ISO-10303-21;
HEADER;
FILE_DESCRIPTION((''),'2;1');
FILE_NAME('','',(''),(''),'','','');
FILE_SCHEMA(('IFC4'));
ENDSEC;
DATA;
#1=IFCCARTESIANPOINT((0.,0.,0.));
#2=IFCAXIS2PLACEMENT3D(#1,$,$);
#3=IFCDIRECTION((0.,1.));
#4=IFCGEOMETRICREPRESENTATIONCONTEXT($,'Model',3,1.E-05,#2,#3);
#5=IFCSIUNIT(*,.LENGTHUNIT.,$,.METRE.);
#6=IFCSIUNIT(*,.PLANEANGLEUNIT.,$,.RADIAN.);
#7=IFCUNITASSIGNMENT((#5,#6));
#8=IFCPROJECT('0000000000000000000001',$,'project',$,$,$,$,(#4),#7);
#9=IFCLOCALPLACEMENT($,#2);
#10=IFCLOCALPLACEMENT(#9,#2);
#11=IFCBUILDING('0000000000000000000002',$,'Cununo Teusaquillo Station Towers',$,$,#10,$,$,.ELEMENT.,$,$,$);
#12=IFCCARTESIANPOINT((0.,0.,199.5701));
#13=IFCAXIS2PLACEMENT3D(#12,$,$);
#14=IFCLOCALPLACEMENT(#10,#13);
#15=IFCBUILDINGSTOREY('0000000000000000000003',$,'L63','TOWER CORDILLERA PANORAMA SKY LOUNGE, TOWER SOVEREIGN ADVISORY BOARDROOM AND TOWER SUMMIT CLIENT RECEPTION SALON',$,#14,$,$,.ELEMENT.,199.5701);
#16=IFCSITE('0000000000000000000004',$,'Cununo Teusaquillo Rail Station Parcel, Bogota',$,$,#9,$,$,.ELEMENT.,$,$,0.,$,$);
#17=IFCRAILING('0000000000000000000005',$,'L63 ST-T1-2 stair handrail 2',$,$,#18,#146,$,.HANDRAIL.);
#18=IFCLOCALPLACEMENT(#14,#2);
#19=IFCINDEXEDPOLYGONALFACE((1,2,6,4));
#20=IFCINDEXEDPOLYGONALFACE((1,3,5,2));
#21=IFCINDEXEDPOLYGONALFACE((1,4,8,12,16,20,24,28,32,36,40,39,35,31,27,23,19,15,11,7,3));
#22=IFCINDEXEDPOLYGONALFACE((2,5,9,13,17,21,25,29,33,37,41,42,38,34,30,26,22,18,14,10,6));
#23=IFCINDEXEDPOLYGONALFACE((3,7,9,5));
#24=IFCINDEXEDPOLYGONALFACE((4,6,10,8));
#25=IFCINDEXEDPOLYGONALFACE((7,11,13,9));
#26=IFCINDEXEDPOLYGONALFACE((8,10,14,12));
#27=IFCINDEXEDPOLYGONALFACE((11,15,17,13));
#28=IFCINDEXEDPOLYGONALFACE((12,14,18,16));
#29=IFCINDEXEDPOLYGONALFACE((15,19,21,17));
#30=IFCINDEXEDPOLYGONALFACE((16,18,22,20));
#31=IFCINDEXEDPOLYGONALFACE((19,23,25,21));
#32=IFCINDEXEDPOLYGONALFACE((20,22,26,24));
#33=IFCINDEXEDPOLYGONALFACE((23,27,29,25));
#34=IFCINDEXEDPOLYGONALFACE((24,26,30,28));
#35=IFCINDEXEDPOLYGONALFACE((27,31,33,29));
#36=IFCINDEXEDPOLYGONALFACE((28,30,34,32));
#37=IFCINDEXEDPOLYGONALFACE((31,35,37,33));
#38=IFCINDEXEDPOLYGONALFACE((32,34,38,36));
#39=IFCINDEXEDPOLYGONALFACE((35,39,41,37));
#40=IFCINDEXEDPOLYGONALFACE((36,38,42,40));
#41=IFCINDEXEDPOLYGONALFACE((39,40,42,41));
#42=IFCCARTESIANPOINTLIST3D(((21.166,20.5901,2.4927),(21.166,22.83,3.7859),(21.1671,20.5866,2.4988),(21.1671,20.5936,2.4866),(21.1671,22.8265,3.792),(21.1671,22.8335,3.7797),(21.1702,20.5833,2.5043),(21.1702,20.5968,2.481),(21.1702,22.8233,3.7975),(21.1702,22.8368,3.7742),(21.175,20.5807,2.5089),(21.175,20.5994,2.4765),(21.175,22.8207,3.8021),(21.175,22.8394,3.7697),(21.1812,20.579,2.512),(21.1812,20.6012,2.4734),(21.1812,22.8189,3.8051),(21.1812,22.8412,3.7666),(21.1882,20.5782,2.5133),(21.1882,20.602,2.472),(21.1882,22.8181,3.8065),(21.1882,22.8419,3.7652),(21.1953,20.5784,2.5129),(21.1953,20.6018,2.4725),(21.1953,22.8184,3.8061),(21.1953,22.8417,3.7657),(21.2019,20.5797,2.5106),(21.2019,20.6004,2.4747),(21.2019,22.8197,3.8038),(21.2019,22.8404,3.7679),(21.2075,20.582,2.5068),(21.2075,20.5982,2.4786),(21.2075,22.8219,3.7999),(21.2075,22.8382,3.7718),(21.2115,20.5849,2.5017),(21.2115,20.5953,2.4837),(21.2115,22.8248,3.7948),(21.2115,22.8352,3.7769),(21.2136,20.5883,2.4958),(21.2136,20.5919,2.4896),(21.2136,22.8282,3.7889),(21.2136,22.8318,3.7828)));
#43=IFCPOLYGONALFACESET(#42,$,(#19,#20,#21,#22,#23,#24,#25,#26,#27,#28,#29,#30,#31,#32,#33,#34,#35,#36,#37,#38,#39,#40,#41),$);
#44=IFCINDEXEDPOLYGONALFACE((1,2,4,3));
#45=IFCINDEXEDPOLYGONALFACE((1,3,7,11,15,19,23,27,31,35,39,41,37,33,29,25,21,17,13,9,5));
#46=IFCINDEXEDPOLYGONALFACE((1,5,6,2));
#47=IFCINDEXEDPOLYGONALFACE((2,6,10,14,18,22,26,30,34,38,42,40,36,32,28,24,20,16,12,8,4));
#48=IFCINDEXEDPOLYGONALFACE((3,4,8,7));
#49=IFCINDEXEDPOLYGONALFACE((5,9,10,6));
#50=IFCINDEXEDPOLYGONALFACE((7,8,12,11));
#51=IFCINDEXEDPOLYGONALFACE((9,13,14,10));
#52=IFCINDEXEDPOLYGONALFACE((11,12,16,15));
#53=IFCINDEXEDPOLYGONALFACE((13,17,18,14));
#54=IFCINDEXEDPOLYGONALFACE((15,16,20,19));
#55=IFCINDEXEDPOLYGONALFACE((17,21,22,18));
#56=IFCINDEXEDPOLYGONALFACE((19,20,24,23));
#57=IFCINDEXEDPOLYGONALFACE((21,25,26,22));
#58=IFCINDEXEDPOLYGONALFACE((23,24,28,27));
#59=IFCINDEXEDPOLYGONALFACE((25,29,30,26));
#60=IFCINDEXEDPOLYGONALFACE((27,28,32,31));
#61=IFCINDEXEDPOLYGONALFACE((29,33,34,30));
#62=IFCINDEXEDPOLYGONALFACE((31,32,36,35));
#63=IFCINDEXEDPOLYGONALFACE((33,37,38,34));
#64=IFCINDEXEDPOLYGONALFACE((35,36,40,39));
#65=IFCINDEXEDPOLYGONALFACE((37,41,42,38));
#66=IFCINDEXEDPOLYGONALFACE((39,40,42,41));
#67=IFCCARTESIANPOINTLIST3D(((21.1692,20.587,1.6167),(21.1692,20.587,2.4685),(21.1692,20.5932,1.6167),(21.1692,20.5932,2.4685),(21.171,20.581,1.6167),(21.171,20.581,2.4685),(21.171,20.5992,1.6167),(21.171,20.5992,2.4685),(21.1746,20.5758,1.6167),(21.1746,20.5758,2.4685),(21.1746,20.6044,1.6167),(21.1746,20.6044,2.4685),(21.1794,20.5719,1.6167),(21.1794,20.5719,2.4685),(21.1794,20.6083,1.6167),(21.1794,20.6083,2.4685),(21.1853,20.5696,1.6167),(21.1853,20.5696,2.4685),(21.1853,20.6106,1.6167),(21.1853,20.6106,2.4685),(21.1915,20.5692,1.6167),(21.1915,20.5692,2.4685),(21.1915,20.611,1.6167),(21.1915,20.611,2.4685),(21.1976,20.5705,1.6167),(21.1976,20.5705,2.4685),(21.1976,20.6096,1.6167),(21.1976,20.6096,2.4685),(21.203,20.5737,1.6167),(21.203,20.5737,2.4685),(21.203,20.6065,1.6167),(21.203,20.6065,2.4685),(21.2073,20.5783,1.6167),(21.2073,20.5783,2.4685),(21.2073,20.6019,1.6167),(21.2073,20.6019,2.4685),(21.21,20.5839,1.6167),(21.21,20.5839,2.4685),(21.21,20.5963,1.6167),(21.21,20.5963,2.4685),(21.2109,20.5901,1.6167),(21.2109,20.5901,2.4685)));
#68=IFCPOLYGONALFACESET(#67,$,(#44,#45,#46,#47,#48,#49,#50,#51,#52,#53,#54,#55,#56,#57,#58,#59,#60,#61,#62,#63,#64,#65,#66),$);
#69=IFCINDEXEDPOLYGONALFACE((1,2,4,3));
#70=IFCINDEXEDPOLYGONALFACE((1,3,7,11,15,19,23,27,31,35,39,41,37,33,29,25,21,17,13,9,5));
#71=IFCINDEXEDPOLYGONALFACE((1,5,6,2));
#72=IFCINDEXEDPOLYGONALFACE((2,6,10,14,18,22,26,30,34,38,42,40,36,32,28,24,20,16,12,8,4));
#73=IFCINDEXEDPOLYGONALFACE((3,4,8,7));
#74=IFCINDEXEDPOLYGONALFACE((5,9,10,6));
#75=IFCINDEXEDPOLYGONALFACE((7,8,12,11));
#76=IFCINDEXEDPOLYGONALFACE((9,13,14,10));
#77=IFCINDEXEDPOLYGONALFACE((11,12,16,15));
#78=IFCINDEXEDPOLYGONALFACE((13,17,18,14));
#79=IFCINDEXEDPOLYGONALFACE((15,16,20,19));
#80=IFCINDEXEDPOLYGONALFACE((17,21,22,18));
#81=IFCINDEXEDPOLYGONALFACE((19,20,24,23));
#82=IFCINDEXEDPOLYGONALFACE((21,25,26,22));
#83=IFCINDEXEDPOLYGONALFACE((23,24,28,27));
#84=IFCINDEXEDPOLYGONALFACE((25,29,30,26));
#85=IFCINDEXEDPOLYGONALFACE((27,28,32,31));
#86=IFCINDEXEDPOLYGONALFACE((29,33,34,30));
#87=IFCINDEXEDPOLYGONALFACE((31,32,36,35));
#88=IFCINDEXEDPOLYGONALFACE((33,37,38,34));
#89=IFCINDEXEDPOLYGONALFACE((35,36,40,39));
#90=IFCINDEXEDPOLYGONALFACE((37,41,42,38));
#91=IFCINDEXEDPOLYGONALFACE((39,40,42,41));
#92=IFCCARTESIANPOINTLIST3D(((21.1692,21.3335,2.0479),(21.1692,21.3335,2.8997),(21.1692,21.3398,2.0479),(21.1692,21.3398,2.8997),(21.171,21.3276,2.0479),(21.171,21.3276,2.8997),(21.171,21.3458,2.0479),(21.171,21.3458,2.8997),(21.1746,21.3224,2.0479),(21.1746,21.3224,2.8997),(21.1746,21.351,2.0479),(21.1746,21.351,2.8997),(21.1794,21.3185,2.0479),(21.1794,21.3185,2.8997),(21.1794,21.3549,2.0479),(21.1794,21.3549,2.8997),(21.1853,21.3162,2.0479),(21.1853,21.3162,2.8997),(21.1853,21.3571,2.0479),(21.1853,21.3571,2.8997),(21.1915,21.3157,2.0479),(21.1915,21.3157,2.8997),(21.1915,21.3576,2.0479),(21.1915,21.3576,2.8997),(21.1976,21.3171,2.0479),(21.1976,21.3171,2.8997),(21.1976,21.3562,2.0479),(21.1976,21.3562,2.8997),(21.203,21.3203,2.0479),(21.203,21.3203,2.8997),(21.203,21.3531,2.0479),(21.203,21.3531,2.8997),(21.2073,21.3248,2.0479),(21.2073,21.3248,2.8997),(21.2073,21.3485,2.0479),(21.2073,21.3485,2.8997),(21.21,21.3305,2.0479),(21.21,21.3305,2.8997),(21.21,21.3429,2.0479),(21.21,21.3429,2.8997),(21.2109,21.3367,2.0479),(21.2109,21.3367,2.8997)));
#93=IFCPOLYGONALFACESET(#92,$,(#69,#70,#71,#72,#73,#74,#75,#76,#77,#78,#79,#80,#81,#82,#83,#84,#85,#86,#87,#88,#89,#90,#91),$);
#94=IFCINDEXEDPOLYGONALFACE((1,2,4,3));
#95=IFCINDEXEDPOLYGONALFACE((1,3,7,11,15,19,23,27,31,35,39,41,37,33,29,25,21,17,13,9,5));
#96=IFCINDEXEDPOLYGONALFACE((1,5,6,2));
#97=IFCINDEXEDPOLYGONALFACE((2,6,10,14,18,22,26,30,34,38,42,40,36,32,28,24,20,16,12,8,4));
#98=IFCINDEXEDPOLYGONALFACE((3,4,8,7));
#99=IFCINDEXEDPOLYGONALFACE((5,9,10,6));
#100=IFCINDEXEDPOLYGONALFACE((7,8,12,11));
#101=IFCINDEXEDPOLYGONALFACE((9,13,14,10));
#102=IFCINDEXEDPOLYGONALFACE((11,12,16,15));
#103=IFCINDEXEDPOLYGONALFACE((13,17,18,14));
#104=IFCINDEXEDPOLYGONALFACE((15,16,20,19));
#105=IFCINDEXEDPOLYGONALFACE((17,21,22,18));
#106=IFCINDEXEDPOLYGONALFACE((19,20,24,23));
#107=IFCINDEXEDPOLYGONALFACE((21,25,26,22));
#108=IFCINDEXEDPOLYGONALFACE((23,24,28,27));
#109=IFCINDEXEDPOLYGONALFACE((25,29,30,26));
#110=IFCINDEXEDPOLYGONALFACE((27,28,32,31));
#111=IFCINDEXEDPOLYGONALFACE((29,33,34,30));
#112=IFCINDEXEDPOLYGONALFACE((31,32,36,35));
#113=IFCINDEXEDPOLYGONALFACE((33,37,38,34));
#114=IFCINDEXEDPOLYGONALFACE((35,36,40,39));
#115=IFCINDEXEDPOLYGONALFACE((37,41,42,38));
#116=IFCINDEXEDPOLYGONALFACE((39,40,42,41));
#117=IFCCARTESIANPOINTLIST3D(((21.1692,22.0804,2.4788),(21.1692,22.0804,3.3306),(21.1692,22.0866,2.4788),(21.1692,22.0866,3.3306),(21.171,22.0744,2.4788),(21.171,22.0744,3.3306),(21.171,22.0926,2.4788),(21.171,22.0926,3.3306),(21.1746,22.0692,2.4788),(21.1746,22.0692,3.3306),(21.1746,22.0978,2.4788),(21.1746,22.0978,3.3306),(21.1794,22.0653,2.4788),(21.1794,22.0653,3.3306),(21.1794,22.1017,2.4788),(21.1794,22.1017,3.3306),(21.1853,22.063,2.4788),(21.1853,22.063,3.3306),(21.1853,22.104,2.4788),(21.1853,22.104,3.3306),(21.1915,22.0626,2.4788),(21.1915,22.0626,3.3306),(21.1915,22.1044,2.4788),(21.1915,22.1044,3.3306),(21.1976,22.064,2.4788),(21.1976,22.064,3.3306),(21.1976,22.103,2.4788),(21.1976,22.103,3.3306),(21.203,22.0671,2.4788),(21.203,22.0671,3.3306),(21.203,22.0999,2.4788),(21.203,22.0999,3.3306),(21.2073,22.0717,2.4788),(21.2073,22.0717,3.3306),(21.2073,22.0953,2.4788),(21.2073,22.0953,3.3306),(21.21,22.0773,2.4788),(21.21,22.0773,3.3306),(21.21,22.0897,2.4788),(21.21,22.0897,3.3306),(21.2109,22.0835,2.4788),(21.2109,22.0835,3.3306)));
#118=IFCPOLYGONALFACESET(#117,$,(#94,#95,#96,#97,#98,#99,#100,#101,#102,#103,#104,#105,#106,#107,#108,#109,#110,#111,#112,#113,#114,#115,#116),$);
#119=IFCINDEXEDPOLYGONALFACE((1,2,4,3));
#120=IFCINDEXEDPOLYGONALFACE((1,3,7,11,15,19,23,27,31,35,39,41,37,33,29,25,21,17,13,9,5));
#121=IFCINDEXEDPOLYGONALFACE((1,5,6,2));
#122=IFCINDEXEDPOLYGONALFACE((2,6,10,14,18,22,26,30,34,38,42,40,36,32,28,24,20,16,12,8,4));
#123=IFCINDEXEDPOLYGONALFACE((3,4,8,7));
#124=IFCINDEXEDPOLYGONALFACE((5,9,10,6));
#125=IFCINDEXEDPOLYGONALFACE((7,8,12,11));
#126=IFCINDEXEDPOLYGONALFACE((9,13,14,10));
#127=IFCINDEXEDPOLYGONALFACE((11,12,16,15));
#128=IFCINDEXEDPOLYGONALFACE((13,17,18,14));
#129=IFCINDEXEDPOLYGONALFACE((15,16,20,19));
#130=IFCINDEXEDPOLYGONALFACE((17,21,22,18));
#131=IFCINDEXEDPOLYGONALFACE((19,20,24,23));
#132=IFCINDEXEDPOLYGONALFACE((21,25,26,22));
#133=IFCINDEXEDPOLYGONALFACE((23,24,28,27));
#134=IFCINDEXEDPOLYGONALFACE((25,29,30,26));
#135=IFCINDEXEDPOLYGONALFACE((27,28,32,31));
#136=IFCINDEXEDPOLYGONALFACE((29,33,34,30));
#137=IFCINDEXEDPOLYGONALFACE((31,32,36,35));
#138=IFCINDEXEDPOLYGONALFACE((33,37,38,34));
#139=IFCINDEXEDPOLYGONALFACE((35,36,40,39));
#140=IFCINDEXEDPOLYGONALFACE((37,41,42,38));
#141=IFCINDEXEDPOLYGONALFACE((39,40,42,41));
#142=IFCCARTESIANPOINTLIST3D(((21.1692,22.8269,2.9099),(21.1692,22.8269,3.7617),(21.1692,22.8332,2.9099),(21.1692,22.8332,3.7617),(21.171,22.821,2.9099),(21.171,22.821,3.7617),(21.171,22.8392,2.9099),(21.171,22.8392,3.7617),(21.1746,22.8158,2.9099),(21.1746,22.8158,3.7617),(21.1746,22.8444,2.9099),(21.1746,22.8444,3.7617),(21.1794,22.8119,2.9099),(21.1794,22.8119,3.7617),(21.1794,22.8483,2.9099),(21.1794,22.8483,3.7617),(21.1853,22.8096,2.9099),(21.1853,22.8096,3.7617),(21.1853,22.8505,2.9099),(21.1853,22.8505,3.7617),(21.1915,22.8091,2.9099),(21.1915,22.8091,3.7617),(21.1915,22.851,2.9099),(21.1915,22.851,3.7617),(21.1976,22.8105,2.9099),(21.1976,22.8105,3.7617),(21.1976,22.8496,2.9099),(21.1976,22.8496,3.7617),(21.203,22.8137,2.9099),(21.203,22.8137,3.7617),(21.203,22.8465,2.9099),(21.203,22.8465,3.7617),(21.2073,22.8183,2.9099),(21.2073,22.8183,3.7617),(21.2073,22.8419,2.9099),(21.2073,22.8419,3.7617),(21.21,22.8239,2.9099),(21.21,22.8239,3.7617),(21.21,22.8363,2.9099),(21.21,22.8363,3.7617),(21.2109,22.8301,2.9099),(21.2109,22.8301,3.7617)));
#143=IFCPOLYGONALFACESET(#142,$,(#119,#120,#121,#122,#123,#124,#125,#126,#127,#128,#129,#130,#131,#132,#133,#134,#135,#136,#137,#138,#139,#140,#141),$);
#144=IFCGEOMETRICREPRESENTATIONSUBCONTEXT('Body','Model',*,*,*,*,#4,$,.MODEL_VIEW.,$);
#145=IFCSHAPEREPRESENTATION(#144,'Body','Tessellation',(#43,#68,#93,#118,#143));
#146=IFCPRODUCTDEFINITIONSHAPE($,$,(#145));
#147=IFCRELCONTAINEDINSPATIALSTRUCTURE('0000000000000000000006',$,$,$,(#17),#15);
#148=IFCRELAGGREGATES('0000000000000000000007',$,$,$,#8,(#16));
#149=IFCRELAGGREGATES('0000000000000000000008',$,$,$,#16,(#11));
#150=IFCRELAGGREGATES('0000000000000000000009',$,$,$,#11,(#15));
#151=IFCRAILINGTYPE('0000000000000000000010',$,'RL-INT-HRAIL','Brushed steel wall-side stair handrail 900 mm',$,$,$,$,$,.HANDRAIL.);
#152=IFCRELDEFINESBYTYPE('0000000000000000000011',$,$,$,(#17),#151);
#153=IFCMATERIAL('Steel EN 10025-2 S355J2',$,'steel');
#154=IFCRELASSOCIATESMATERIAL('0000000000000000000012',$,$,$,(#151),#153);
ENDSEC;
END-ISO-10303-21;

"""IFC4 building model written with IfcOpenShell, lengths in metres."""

from ifc_helpers import new_model, si_unit, direction, frame, origin, origin_2d, place, context, subcontext, project, spatial, circle, extrude, material, type_object, element, save


model = new_model("IFC4")

# Units and contexts
model_context = context("Model", 3, precision=1e-05, world=origin(), true_north=direction((0.0, 1.0)))
body_context = subcontext(model_context, "Body", "Model", "MODEL_VIEW")
ifc_project = project(units=[si_unit("LENGTHUNIT", "METRE"), si_unit("PLANEANGLEUNIT", "RADIAN")], contexts=[model_context])

# Site, building, storey
site_placement = place(None, origin())
site = spatial("IfcSite", under=ifc_project, at=site_placement, Name="Cununo Teusaquillo Rail Station Parcel, Bogota", CompositionType="ELEMENT", RefElevation=0.0)
building_placement = place(site_placement, origin())
building = spatial("IfcBuilding", under=site, at=building_placement, Name="Cununo Teusaquillo Station Towers", CompositionType="ELEMENT")
storey_placement = place(building_placement, frame((0.0, 0.0, 199.5701)))
storey = spatial("IfcBuildingStorey", under=building, at=storey_placement, Name="L63", Description="TOWER CORDILLERA PANORAMA SKY LOUNGE, TOWER SOVEREIGN ADVISORY BOARDROOM AND TOWER SUMMIT CLIENT RECEPTION SALON", CompositionType="ELEMENT", Elevation=199.5701)

# Railing
ifc_material_1 = material(Name="Steel EN 10025-2 S355J2", Category="steel")
railing_type_1 = type_object("IfcRailingType", Name="RL-INT-HRAIL", Description="Brushed steel wall-side stair handrail 900 mm", PredefinedType="HANDRAIL", material=ifc_material_1)
railing_1_placement = place(storey_placement, frame((21.1899, 20.5901, 1.6167)))
element("IfcRailing", 1, at=railing_1_placement, inside=storey, type_object=railing_type_1, Name="L63 ST-T1-2 stair handrail 2", PredefinedType="HANDRAIL", context=body_context, shape_type="SweptSolid", body=[
    extrude(circle(Radius=0.0239, at=origin_2d()), frame((0.0, 0.0, 0.876), z_axis=(0.0, 0.866033, 0.499987), x_axis=(-1.0, 0.0, 0.0)), (0.0, 0.0, 1.0), 2.5864),
    extrude(circle(Radius=0.021, at=origin_2d()), origin(), (0.0, 0.0, 1.0), 0.8518),
    extrude(circle(Radius=0.021, at=origin_2d()), frame((0.0, 0.7466, 0.4312)), (0.0, 0.0, 1.0), 0.8518),
    extrude(circle(Radius=0.021, at=origin_2d()), frame((0.0, 1.4934, 0.8621)), (0.0, 0.0, 1.0), 0.8518),
    extrude(circle(Radius=0.021, at=origin_2d()), frame((0.0, 2.24, 1.2932)), (0.0, 0.0, 1.0), 0.8518),
])

save(model, "model.ifc")
